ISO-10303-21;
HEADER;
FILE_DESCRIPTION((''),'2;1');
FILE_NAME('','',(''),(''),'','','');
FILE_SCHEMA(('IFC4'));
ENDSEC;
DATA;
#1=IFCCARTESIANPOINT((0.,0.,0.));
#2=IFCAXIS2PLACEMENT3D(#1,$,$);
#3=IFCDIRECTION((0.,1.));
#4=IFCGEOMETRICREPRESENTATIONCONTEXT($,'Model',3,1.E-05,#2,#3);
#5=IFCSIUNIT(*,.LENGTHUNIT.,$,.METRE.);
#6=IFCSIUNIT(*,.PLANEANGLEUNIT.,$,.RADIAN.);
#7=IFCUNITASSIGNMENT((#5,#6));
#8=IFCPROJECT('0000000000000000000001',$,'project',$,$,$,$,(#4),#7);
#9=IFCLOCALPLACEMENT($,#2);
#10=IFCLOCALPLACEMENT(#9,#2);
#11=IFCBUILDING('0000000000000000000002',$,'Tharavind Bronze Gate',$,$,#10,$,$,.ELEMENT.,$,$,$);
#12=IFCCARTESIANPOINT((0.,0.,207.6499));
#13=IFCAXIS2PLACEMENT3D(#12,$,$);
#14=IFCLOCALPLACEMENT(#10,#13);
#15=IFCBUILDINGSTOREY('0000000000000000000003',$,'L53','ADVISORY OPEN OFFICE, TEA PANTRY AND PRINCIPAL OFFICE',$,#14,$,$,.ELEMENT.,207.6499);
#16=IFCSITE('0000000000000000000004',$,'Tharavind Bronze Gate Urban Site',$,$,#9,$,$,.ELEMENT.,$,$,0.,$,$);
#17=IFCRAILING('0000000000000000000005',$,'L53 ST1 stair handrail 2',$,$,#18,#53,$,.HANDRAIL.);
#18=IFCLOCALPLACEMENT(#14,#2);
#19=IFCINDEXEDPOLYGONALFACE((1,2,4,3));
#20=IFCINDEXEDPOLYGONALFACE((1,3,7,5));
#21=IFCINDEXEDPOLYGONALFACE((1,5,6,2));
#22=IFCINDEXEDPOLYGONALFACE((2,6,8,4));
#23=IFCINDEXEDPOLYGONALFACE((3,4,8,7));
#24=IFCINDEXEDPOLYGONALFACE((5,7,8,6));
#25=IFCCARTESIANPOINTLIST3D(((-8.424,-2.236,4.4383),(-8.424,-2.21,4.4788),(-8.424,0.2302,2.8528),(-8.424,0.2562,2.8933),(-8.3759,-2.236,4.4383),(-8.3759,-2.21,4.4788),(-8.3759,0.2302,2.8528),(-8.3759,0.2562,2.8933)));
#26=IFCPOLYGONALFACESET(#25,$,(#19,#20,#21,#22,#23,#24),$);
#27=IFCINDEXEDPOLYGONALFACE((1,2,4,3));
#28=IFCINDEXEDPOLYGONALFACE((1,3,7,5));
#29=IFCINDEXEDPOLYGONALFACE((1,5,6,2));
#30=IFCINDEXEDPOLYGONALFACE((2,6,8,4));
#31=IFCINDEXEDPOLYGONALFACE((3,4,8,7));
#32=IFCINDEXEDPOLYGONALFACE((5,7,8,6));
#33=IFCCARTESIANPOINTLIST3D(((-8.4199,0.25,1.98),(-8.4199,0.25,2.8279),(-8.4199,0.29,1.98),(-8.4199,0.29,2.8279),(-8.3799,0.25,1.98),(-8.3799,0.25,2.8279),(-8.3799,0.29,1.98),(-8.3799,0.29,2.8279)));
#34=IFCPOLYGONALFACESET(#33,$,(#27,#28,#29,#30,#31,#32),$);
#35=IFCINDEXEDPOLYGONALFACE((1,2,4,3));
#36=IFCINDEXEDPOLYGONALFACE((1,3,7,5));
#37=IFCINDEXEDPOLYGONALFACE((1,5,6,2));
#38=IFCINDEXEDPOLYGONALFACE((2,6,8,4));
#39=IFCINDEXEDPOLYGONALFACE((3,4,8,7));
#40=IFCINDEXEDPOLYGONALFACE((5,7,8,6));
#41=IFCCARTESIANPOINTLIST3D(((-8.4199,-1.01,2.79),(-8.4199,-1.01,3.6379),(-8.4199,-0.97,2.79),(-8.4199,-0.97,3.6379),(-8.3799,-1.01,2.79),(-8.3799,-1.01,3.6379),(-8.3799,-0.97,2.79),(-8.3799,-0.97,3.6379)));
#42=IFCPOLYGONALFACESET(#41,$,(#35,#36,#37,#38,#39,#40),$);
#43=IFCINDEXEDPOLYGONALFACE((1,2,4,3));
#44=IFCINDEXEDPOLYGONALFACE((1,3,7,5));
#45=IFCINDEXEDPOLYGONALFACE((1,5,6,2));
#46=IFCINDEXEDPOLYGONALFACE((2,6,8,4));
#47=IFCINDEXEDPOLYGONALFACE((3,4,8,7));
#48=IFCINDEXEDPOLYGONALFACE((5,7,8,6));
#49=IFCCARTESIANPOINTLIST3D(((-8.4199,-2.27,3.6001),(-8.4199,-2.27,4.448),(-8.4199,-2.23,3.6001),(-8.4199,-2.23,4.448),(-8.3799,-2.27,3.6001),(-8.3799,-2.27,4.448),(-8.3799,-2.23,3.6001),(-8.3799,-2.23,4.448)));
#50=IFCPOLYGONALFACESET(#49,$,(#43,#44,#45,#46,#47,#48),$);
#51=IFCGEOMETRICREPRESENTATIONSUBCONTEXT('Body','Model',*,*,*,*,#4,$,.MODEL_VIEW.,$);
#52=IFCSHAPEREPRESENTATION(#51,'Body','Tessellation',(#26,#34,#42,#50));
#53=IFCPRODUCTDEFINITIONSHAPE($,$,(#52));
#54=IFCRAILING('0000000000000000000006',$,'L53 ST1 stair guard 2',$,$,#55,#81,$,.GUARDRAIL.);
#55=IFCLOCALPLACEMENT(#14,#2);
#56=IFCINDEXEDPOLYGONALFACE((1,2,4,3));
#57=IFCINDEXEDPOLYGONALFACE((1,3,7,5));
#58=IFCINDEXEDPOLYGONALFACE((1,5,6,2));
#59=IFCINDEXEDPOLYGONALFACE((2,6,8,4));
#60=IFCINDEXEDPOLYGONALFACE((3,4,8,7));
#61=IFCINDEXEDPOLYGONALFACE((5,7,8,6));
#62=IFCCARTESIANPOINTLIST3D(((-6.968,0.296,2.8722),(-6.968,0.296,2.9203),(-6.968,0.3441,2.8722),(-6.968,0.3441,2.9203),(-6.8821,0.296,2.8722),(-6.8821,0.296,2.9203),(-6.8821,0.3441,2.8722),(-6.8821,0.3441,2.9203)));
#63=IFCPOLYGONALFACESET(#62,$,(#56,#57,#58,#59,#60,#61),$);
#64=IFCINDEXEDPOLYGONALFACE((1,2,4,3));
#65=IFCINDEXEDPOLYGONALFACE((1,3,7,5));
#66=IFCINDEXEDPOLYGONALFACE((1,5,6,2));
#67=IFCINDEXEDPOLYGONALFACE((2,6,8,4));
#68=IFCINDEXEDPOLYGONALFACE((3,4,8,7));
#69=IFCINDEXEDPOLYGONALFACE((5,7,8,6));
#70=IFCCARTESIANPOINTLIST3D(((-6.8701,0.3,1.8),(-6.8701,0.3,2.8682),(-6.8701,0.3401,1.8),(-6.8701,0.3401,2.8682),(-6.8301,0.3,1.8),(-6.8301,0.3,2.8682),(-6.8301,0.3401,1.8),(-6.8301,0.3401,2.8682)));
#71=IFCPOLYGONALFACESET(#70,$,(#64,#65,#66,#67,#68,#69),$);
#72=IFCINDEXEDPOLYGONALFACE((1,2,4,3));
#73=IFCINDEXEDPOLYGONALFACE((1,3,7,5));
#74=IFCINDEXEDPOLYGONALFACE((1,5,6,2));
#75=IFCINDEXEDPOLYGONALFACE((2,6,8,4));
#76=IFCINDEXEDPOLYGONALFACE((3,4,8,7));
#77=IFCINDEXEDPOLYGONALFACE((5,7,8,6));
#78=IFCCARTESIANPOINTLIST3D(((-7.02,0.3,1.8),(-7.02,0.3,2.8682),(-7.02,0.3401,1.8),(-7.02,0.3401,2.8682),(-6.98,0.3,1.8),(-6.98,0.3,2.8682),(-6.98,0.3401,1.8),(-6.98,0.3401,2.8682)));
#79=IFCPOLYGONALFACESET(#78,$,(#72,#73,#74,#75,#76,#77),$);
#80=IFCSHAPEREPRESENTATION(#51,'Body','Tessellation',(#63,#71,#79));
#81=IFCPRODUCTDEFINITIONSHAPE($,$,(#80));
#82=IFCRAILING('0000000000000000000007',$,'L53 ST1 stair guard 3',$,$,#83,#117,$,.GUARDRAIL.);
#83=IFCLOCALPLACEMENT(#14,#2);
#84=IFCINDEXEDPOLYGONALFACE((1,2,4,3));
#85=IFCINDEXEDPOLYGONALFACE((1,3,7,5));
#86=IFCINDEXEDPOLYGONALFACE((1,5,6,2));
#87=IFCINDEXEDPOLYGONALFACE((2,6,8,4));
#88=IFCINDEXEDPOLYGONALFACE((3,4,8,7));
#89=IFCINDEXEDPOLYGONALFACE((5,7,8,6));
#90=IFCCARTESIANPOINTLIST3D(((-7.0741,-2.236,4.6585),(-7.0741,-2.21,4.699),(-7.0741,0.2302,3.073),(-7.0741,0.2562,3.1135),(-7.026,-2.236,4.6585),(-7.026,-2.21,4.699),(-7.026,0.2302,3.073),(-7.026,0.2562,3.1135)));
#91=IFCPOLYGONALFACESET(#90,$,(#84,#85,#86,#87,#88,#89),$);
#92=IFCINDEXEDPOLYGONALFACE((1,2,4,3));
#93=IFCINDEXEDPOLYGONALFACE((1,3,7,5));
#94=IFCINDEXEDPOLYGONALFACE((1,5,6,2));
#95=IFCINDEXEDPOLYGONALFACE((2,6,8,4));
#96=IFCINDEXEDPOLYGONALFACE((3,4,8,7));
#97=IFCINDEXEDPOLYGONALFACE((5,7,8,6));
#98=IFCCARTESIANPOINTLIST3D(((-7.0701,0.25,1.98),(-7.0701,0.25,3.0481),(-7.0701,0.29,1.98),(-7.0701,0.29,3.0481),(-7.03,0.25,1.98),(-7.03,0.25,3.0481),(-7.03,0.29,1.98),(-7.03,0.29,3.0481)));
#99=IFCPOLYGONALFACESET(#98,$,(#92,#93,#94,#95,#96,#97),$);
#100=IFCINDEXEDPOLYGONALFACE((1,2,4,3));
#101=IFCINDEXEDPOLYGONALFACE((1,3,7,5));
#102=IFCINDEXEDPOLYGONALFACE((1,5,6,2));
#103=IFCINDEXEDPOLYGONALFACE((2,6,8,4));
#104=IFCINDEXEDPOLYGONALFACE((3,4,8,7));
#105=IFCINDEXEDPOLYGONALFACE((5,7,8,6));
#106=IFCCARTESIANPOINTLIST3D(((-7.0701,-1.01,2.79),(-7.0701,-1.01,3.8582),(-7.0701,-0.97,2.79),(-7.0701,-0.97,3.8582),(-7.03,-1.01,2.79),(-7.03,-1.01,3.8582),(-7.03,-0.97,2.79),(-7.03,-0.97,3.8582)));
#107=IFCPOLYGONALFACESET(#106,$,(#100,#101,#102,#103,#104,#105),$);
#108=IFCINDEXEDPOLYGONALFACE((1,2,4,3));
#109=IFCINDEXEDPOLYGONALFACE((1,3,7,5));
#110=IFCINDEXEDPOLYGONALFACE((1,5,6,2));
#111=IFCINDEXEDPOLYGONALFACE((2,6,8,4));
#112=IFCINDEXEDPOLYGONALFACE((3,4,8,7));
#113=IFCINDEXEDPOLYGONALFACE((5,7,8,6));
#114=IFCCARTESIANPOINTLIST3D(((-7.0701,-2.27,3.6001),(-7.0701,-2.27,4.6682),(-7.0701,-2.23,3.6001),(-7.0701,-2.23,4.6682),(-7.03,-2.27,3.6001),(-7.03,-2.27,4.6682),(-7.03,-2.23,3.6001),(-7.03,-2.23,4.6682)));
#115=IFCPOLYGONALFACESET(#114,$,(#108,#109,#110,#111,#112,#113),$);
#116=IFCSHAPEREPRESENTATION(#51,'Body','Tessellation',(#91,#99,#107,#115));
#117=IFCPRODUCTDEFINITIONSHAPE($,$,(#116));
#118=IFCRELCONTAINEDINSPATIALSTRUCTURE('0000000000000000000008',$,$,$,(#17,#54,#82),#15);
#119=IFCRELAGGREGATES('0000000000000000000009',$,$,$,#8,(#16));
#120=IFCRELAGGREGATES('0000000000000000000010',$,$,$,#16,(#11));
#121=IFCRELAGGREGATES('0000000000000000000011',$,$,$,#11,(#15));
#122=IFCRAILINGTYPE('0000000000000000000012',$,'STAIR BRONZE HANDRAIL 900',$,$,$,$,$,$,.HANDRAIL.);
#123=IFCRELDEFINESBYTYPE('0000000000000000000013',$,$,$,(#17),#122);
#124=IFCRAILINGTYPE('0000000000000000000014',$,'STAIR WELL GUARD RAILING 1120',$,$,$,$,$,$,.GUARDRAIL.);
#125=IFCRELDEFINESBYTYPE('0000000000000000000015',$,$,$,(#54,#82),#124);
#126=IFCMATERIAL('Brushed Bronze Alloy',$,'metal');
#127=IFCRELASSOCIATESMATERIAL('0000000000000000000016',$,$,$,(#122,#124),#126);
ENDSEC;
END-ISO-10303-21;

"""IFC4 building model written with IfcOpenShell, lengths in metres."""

from ifc_helpers import new_model, si_unit, direction, frame, origin, origin_2d, place, context, subcontext, project, spatial, rectangle, extrude, material, type_object, element, save


model = new_model("IFC4")

# Units and contexts
model_context = context("Model", 3, precision=1e-05, world=origin(), true_north=direction((0.0, 1.0)))
body_context = subcontext(model_context, "Body", "Model", "MODEL_VIEW")
ifc_project = project(units=[si_unit("LENGTHUNIT", "METRE"), si_unit("PLANEANGLEUNIT", "RADIAN")], contexts=[model_context])

# Site, building, storey
site_placement = place(None, origin())
site = spatial("IfcSite", under=ifc_project, at=site_placement, Name="Tharavind Bronze Gate Urban Site", CompositionType="ELEMENT", RefElevation=0.0)
building_placement = place(site_placement, origin())
building = spatial("IfcBuilding", under=site, at=building_placement, Name="Tharavind Bronze Gate", CompositionType="ELEMENT")
storey_placement = place(building_placement, frame((0.0, 0.0, 207.6499)))
storey = spatial("IfcBuildingStorey", under=building, at=storey_placement, Name="L53", Description="ADVISORY OPEN OFFICE, TEA PANTRY AND PRINCIPAL OFFICE", CompositionType="ELEMENT", Elevation=207.6499)

# Railings
ifc_material_1 = material(Name="Brushed Bronze Alloy", Category="metal")
railing_type_1 = type_object("IfcRailingType", Name="STAIR BRONZE HANDRAIL 900", PredefinedType="HANDRAIL", material=ifc_material_1)
railing_1_placement = place(storey_placement, frame((-8.3999, 0.27, 1.98)))
element("IfcRailing", 1, at=railing_1_placement, inside=storey, type_object=railing_type_1, Name="L53 ST1 stair handrail 2", PredefinedType="HANDRAIL", context=body_context, shape_type="SweptSolid", body=[
    extrude(rectangle(XDim=0.0481, YDim=0.0481, at=origin_2d()), frame((0.0, -0.0269, 0.8931), z_axis=(0.0, -0.841163, 0.540782), x_axis=(1.0, 0.0, 0.0)), (0.0, 0.0, 1.0), 2.9319),
    extrude(rectangle(XDim=0.04, YDim=0.04, at=origin_2d()), origin(), (0.0, 0.0, 1.0), 0.8479),
    extrude(rectangle(XDim=0.04, YDim=0.04, at=origin_2d()), frame((0.0, -1.26, 0.8101)), (0.0, 0.0, 1.0), 0.8479),
    extrude(rectangle(XDim=0.04, YDim=0.04, at=origin_2d()), frame((0.0, -2.52, 1.6201)), (0.0, 0.0, 1.0), 0.8479),
])
railing_type_2 = type_object("IfcRailingType", Name="STAIR WELL GUARD RAILING 1120", PredefinedType="GUARDRAIL", material=ifc_material_1)
railing_2_placement = place(storey_placement, frame((-6.8501, 0.3201, 1.8)))
element("IfcRailing", 2, at=railing_2_placement, inside=storey, type_object=railing_type_2, Name="L53 ST1 stair guard 2", PredefinedType="GUARDRAIL", context=body_context, shape_type="SweptSolid", body=[
    extrude(rectangle(XDim=0.0481, YDim=0.0481, at=origin_2d()), frame((-0.032, 0.0, 1.0962), z_axis=(-1.0, 0.0, 0.0), x_axis=(0.0, -1.0, 0.0)), (0.0, 0.0, 1.0), 0.0859),
    extrude(rectangle(XDim=0.04, YDim=0.04, at=origin_2d()), origin(), (0.0, 0.0, 1.0), 1.0681),
    extrude(rectangle(XDim=0.04, YDim=0.04, at=origin_2d()), frame((-0.1499, 0.0, 0.0)), (0.0, 0.0, 1.0), 1.0681),
])
railing_3_placement = place(storey_placement, frame((-7.05, 0.27, 1.98)))
element("IfcRailing", 3, at=railing_3_placement, inside=storey, type_object=railing_type_2, Name="L53 ST1 stair guard 3", PredefinedType="GUARDRAIL", context=body_context, shape_type="SweptSolid", body=[
    extrude(rectangle(XDim=0.0481, YDim=0.0481, at=origin_2d()), frame((0.0, -0.0269, 1.1133), z_axis=(0.0, -0.841163, 0.540782), x_axis=(1.0, 0.0, 0.0)), (0.0, 0.0, 1.0), 2.9319),
    extrude(rectangle(XDim=0.04, YDim=0.04, at=origin_2d()), origin(), (0.0, 0.0, 1.0), 1.0681),
    extrude(rectangle(XDim=0.04, YDim=0.04, at=origin_2d()), frame((0.0, -1.26, 0.8101)), (0.0, 0.0, 1.0), 1.0681),
    extrude(rectangle(XDim=0.04, YDim=0.04, at=origin_2d()), frame((0.0, -2.52, 1.6201)), (0.0, 0.0, 1.0), 1.0681),
])

save(model, "model.ifc")
